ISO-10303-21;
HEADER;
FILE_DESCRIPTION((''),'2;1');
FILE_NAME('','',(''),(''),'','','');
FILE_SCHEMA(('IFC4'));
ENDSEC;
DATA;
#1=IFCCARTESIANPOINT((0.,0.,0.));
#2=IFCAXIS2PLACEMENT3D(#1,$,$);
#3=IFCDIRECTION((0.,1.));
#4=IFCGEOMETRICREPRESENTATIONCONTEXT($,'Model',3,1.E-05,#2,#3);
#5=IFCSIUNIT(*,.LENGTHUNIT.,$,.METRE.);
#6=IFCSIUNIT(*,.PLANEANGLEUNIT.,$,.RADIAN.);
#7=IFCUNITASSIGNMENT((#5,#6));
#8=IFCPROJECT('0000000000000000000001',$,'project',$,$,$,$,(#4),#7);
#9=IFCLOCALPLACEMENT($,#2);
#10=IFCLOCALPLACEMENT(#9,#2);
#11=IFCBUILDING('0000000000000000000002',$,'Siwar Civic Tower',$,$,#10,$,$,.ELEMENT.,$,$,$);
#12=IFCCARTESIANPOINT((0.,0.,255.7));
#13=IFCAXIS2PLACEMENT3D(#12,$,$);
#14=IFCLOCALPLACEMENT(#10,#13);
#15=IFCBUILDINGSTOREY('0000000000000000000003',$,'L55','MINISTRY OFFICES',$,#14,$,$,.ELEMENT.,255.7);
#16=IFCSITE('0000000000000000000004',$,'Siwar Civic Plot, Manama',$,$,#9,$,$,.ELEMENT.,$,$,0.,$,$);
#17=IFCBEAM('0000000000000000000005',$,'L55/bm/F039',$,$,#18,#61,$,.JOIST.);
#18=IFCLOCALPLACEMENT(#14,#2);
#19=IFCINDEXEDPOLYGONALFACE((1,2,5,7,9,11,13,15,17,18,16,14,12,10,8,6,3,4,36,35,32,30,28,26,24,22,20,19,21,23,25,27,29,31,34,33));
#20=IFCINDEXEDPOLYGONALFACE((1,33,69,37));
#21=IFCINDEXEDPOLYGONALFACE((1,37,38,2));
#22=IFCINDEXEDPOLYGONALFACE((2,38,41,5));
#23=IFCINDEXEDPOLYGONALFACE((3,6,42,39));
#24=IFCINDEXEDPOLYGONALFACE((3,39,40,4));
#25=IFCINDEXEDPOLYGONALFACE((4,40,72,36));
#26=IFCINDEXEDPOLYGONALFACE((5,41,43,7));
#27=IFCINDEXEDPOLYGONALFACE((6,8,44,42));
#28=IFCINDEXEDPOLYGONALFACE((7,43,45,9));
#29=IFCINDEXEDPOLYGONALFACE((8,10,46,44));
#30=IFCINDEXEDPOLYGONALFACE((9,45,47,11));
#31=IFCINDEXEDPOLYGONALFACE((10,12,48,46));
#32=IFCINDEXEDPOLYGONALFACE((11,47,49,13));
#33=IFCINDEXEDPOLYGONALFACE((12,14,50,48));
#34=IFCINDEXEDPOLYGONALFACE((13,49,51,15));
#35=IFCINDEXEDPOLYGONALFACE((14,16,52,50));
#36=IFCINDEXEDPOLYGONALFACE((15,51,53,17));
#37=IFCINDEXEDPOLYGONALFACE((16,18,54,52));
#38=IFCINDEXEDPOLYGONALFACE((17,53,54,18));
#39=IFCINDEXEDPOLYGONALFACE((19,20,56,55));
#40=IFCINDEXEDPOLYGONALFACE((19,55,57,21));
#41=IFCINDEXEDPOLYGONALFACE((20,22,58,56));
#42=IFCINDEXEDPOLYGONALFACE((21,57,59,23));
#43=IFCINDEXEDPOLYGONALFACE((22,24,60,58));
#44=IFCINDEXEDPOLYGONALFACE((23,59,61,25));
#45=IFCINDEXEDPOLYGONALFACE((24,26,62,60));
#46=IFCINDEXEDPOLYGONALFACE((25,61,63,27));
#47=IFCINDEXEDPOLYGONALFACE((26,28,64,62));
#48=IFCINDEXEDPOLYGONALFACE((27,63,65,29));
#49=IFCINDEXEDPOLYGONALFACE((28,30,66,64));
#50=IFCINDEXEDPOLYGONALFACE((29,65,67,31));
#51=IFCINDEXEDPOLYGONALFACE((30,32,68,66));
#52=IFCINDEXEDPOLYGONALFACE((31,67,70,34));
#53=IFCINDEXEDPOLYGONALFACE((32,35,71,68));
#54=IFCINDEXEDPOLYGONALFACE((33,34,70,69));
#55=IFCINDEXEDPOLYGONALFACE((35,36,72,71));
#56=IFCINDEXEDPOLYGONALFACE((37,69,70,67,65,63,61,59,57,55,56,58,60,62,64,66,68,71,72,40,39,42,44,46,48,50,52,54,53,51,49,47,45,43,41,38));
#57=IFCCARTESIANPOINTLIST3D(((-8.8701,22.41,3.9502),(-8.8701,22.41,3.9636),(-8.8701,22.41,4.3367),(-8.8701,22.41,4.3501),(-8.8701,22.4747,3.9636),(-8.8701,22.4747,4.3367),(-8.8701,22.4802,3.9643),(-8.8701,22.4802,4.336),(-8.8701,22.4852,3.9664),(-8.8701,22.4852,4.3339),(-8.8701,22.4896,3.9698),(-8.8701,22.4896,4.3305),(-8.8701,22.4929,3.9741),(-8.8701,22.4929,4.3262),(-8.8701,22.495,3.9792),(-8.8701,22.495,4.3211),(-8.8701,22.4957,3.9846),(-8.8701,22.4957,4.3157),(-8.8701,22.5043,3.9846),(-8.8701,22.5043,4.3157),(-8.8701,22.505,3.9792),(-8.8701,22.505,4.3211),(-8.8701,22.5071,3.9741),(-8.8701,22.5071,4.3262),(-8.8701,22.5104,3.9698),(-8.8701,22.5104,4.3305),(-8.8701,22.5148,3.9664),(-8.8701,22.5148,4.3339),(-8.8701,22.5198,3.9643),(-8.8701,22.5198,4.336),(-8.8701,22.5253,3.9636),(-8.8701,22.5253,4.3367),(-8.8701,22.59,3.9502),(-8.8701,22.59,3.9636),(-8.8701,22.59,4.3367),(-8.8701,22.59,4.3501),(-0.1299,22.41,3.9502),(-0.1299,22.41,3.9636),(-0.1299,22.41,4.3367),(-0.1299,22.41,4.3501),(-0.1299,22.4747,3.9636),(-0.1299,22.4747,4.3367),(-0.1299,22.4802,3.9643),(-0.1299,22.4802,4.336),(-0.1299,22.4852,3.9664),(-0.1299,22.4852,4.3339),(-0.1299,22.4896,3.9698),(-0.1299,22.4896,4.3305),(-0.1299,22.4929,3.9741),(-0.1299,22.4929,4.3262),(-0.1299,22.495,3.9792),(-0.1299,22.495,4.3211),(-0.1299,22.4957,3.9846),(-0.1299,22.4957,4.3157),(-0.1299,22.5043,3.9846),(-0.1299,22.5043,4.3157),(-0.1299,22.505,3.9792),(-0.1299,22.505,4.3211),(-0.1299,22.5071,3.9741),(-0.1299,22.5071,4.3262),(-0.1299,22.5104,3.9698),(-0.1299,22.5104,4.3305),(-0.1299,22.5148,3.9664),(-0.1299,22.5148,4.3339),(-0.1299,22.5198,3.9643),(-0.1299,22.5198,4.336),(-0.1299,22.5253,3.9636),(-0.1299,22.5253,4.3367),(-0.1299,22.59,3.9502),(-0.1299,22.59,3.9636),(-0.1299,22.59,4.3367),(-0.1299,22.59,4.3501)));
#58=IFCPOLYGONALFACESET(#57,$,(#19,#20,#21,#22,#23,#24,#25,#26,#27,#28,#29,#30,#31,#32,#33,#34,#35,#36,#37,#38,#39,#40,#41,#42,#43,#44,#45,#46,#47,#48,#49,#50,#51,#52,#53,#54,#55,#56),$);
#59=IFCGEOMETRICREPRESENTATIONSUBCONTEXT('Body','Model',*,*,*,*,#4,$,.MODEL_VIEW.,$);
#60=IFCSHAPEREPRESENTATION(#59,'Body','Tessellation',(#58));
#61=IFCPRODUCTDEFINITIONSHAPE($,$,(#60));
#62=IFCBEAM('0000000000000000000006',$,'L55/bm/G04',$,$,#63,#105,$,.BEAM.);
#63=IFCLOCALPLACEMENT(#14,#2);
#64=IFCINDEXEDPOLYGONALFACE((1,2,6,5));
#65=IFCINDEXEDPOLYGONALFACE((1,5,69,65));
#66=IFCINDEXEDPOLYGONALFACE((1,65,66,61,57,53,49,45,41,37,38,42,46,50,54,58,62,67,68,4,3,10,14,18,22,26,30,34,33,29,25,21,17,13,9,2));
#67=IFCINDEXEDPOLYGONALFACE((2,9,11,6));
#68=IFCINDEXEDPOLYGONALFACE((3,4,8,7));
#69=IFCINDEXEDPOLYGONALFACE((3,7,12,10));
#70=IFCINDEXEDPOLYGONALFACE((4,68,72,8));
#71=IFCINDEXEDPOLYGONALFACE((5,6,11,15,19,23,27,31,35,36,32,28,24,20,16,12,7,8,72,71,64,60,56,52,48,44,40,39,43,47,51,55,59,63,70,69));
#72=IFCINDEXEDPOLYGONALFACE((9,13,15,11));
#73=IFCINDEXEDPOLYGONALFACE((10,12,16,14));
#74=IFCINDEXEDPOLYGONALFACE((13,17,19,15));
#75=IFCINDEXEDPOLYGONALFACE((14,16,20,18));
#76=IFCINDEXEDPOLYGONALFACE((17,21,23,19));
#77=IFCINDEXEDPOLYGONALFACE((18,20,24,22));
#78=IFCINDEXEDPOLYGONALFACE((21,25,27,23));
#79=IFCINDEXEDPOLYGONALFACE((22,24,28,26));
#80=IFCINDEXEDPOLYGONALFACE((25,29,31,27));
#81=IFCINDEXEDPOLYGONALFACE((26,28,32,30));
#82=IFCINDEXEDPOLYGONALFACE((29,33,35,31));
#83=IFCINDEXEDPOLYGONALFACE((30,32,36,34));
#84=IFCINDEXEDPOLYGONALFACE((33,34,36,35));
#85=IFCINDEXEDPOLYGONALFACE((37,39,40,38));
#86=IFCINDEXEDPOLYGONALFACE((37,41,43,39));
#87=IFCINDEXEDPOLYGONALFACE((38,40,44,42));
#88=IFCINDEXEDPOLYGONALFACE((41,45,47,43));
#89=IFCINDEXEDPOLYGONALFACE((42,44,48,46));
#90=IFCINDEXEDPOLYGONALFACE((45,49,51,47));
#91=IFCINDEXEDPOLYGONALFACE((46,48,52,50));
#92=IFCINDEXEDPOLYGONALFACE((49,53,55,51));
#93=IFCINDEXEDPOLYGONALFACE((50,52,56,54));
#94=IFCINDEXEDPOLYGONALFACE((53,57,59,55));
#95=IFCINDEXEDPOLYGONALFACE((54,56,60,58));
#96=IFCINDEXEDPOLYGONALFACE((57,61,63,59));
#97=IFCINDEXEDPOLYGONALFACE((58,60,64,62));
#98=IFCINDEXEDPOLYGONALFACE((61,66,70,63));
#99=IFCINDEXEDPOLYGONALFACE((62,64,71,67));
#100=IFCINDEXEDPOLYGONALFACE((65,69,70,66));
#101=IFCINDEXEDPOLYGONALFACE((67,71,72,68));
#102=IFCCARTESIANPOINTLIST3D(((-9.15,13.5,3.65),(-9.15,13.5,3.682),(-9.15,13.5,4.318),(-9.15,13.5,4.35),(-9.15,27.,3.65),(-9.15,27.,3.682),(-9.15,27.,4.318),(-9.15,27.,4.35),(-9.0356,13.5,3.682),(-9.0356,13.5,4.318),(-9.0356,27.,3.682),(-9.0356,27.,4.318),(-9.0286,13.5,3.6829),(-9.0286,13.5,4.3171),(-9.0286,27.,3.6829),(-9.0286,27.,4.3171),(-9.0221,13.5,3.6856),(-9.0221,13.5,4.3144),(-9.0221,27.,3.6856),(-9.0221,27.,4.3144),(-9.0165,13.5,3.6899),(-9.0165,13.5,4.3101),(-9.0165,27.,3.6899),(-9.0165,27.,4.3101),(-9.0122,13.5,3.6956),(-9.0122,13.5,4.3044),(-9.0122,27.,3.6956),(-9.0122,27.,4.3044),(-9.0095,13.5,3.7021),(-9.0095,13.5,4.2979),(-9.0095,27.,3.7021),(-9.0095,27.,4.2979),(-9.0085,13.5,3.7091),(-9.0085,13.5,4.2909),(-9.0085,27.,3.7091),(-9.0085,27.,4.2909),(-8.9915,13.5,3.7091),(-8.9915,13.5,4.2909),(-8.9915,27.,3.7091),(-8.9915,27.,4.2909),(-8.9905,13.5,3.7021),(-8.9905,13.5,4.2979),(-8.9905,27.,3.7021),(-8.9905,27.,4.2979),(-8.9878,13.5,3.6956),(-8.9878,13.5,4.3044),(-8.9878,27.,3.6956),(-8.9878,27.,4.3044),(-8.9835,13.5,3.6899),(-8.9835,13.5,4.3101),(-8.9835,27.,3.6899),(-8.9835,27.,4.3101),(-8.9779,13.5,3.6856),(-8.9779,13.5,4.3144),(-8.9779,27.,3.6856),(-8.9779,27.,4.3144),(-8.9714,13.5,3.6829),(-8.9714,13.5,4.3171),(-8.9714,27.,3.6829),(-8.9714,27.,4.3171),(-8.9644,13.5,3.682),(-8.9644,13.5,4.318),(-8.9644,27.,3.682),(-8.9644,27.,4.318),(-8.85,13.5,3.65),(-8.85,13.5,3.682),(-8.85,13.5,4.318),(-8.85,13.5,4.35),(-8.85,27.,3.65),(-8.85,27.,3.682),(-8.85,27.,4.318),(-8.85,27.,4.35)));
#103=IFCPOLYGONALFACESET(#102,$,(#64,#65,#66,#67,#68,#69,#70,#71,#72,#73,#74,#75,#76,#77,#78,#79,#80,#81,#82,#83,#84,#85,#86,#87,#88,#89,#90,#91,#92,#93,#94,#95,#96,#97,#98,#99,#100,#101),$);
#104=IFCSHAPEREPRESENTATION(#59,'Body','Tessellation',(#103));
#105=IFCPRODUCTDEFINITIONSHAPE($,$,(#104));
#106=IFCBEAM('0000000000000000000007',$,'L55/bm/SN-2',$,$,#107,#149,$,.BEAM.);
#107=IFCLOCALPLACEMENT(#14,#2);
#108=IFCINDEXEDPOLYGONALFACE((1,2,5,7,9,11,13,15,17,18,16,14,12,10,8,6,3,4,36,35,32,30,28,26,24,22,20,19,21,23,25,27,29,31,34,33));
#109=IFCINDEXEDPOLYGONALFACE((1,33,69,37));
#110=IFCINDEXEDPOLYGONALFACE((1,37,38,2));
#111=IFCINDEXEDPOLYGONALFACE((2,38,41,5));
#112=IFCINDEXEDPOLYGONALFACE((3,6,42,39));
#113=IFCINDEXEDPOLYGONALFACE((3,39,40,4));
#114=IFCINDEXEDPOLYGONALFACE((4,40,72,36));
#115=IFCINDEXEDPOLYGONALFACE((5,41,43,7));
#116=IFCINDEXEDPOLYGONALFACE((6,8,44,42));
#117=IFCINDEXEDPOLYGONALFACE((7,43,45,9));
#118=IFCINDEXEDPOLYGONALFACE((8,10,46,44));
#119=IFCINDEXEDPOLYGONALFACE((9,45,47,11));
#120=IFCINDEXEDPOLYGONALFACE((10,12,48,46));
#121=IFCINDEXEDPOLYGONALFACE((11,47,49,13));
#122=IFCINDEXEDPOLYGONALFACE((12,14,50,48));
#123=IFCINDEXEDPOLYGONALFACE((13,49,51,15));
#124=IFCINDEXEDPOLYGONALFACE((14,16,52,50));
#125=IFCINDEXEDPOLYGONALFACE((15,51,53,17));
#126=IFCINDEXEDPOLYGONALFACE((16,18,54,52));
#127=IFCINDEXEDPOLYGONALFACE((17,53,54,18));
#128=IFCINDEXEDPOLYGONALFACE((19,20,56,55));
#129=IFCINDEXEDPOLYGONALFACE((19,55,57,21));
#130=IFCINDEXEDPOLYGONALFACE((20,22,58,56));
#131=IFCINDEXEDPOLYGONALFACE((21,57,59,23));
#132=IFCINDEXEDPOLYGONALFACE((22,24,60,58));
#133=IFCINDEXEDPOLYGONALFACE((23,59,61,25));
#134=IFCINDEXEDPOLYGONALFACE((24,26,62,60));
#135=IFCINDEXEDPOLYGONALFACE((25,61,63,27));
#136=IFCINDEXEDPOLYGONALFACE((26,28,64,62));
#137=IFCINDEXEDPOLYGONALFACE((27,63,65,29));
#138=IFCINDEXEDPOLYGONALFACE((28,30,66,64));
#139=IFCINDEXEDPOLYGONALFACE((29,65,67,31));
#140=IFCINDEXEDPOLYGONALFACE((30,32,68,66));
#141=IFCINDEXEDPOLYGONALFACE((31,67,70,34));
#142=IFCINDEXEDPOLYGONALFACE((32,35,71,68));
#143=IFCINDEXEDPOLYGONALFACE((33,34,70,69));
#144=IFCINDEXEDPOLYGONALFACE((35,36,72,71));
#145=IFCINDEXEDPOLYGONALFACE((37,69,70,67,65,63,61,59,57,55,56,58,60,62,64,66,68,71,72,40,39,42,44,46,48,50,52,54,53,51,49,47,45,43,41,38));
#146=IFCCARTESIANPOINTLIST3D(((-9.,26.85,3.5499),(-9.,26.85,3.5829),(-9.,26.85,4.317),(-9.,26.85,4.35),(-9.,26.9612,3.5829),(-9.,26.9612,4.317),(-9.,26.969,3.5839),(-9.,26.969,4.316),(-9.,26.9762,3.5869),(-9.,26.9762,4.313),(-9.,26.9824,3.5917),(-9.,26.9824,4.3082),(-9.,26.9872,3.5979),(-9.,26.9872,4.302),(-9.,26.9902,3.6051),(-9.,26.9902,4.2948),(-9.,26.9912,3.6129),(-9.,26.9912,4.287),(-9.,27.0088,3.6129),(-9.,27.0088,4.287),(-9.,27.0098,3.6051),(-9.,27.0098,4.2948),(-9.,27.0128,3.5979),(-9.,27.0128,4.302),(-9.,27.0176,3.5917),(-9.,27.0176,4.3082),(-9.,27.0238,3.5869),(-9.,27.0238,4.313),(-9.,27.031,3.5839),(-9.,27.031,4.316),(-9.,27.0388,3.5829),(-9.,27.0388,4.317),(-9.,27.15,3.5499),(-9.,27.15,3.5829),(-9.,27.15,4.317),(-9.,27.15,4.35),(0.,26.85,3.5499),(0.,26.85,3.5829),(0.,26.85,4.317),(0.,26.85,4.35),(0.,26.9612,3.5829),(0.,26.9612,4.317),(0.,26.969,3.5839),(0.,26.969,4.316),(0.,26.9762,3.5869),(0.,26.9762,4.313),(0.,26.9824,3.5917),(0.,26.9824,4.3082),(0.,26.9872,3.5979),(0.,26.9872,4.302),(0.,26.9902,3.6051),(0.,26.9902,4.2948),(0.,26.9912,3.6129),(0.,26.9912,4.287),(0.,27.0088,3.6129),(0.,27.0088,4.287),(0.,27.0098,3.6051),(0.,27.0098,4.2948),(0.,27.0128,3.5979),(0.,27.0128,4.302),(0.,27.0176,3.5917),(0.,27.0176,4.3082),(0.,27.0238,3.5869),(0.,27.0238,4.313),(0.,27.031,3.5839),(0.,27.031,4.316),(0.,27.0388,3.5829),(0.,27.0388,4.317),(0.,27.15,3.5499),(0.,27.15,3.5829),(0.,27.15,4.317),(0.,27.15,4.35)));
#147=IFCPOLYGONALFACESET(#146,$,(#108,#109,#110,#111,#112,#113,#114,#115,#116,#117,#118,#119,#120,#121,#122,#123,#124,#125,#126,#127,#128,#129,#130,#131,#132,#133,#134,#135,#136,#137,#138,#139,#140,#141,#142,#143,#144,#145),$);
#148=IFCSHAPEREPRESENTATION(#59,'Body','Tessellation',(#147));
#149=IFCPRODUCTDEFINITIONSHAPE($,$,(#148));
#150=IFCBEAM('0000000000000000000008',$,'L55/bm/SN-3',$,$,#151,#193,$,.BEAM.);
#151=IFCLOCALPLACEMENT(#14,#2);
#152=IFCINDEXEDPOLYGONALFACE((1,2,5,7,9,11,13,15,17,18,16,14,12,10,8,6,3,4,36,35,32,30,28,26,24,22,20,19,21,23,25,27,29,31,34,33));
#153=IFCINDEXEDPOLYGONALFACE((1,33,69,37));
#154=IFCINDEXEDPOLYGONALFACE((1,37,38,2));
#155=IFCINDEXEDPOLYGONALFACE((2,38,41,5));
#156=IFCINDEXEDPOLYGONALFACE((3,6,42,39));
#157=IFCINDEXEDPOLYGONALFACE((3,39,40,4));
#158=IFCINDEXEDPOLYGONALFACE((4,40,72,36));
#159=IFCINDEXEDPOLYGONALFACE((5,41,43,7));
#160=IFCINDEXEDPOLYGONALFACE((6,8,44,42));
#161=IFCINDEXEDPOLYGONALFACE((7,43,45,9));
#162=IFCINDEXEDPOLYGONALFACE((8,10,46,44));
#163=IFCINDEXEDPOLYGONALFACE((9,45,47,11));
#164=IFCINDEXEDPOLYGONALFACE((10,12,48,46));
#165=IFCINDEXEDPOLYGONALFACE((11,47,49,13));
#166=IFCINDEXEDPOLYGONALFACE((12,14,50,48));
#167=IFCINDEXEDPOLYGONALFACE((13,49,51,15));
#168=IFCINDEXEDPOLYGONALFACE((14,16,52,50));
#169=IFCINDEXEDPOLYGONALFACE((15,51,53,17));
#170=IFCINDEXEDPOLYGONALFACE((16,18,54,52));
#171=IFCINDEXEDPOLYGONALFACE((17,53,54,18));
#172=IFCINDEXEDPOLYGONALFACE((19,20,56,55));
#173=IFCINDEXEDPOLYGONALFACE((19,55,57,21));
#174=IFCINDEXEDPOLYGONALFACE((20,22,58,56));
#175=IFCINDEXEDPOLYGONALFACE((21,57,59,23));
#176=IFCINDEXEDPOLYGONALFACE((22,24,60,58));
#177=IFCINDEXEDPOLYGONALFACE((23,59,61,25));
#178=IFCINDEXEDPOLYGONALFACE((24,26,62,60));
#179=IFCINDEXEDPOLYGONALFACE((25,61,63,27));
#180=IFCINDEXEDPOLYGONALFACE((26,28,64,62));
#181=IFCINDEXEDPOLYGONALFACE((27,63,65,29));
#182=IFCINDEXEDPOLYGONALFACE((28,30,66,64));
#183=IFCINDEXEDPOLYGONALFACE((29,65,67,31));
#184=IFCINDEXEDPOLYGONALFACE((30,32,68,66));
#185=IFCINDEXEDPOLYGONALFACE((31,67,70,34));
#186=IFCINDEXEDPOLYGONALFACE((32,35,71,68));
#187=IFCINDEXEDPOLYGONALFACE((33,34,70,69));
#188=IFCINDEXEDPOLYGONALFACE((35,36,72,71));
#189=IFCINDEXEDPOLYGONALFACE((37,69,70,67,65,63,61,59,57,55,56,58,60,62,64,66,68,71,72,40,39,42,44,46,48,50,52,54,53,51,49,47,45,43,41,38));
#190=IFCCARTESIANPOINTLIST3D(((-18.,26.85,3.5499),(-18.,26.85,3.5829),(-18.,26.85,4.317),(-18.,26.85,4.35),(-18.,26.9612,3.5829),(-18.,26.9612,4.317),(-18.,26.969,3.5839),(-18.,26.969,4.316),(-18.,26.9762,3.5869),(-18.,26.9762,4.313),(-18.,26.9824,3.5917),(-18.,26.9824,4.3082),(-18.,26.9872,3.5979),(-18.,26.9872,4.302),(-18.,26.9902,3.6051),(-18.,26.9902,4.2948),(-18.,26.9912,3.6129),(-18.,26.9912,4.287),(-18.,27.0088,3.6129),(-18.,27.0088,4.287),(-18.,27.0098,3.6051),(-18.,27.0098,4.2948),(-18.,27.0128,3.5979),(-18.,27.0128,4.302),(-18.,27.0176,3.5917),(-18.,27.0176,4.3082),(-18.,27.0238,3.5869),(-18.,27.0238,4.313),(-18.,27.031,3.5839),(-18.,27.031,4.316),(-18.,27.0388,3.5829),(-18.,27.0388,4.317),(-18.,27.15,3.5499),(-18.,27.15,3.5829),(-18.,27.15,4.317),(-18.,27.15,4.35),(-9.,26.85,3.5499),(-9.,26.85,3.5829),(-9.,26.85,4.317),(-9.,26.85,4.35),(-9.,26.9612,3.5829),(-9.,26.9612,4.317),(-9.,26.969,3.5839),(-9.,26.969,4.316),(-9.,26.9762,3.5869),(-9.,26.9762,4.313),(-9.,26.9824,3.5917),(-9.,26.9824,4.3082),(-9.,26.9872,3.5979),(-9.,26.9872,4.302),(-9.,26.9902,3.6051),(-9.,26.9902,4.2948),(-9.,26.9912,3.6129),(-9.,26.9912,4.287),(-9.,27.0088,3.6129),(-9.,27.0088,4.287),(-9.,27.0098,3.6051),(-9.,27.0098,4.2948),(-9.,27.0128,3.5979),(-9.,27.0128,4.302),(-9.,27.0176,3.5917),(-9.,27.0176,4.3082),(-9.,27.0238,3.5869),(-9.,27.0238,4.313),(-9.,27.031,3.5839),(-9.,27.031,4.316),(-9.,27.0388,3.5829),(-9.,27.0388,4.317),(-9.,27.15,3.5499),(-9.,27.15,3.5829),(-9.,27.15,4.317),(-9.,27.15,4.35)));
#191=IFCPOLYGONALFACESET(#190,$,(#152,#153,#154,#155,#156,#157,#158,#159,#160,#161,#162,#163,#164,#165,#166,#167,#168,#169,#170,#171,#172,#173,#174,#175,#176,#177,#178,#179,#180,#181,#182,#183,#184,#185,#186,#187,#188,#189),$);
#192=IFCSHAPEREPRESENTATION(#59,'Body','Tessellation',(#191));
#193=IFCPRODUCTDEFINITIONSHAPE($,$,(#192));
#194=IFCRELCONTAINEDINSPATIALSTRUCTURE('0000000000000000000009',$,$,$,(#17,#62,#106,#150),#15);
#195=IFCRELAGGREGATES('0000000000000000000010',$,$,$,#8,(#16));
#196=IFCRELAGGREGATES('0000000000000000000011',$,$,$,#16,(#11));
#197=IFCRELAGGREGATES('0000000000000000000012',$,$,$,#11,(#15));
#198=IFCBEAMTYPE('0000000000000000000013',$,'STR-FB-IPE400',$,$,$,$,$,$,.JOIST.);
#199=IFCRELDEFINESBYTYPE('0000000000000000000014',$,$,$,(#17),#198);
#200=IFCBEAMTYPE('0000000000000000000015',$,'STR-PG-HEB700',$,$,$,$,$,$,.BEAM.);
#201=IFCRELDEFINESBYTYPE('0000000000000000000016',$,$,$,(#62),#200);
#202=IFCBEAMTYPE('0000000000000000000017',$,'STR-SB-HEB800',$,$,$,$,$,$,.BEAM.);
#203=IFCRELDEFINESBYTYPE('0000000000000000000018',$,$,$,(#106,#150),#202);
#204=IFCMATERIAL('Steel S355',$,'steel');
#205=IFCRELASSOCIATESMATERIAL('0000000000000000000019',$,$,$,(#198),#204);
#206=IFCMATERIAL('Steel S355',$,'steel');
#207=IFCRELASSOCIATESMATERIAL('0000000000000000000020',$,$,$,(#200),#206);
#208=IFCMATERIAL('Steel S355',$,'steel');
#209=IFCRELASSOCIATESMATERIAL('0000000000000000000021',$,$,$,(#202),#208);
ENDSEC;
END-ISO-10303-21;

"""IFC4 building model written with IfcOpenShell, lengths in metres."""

from ifc_helpers import new_model, si_unit, direction, frame, origin, origin_2d, place, context, subcontext, project, spatial, i_section, extrude, material, material_profile, profile_set, type_object, element, save


model = new_model("IFC4")

# Units and contexts
model_context = context("Model", 3, precision=1e-05, world=origin(), true_north=direction((0.0, 1.0)))
body_context = subcontext(model_context, "Body", "Model", "MODEL_VIEW")
ifc_project = project(units=[si_unit("LENGTHUNIT", "METRE"), si_unit("PLANEANGLEUNIT", "RADIAN")], contexts=[model_context])

# Site, building, storey
site_placement = place(None, origin())
site = spatial("IfcSite", under=ifc_project, at=site_placement, Name="Siwar Civic Plot, Manama", CompositionType="ELEMENT", RefElevation=0.0)
building_placement = place(site_placement, origin())
building = spatial("IfcBuilding", under=site, at=building_placement, Name="Siwar Civic Tower", CompositionType="ELEMENT")
storey_placement = place(building_placement, frame((0.0, 0.0, 255.7)))
storey = spatial("IfcBuildingStorey", under=building, at=storey_placement, Name="L55", Description="MINISTRY OFFICES", CompositionType="ELEMENT", Elevation=255.7)

# Beams
ifc_material_1 = material(Name="Steel S355", Category="steel")
ifc_material_profile_1 = material_profile(ifc_material_1, i_section(OverallWidth=0.1799, OverallDepth=0.3999, WebThickness=0.0085, FlangeThickness=0.0134, FilletRadius=0.021, at=origin_2d()), Name="IPE400")
ifc_profile_set_1 = profile_set([ifc_material_profile_1], Name="Steel S355")
beam_type_1 = type_object("IfcBeamType", Name="STR-FB-IPE400", PredefinedType="JOIST", material=ifc_profile_set_1)
for number, where, z_axis, x_axis, name in (
    (1, (-8.8701, 22.5, 4.1501), (1.0, 0.0, 0.0), (0.0, 1.0, 0.0), "L55/bm/F039"),
):
    element("IfcBeam", number, at=place(storey_placement, frame(where, z_axis=z_axis, x_axis=x_axis)), inside=storey, type_object=beam_type_1, Name=name, PredefinedType="JOIST", context=body_context, shape_type="SweptSolid", body=[
        extrude(i_section(OverallWidth=0.1799, OverallDepth=0.3999, WebThickness=0.0085, FlangeThickness=0.0134, FilletRadius=0.021, at=origin_2d()), origin(), (0.0, 0.0, 1.0), 8.7402),
    ])
ifc_material_2 = material(Name="Steel S355", Category="steel")
ifc_material_profile_2 = material_profile(ifc_material_2, i_section(OverallWidth=0.3, OverallDepth=0.7, WebThickness=0.0171, FlangeThickness=0.032, FilletRadius=0.0271, at=origin_2d()), Name="HEB700")
ifc_profile_set_2 = profile_set([ifc_material_profile_2], Name="Steel S355")
beam_type_2 = type_object("IfcBeamType", Name="STR-PG-HEB700", PredefinedType="BEAM", material=ifc_profile_set_2)
beam_1_placement = place(storey_placement, frame((-9.0, 13.5, 4.0), z_axis=(0.0, 1.0, 0.0), x_axis=(-1.0, 0.0, 0.0)))
element("IfcBeam", 2, at=beam_1_placement, inside=storey, type_object=beam_type_2, Name="L55/bm/G04", PredefinedType="BEAM", context=body_context, shape_type="SweptSolid", body=[
    extrude(i_section(OverallWidth=0.3, OverallDepth=0.7, WebThickness=0.0171, FlangeThickness=0.032, FilletRadius=0.0271, at=origin_2d()), origin(), (0.0, 0.0, 1.0), 13.5),
])
ifc_material_3 = material(Name="Steel S355", Category="steel")
ifc_material_profile_3 = material_profile(ifc_material_3, i_section(OverallWidth=0.3, OverallDepth=0.8, WebThickness=0.0176, FlangeThickness=0.033, FilletRadius=0.03, at=origin_2d()), Name="HEB800")
ifc_profile_set_3 = profile_set([ifc_material_profile_3], Name="Steel S355")
beam_type_3 = type_object("IfcBeamType", Name="STR-SB-HEB800", PredefinedType="BEAM", material=ifc_profile_set_3)
for number, where, z_axis, x_axis, name in (
    (3, (0.0, 27.0, 3.95), (-1.0, 0.0, 0.0), (0.0, -1.0, 0.0), "L55/bm/SN-2"),
    (4, (-9.0, 27.0, 3.95), (-1.0, 0.0, 0.0), (0.0, -1.0, 0.0), "L55/bm/SN-3"),
):
    element("IfcBeam", number, at=place(storey_placement, frame(where, z_axis=z_axis, x_axis=x_axis)), inside=storey, type_object=beam_type_3, Name=name, PredefinedType="BEAM", context=body_context, shape_type="SweptSolid", body=[
        extrude(i_section(OverallWidth=0.3, OverallDepth=0.8, WebThickness=0.0176, FlangeThickness=0.033, FilletRadius=0.03, at=origin_2d()), origin(), (0.0, 0.0, 1.0), 9.0),
    ])

save(model, "model.ifc")
